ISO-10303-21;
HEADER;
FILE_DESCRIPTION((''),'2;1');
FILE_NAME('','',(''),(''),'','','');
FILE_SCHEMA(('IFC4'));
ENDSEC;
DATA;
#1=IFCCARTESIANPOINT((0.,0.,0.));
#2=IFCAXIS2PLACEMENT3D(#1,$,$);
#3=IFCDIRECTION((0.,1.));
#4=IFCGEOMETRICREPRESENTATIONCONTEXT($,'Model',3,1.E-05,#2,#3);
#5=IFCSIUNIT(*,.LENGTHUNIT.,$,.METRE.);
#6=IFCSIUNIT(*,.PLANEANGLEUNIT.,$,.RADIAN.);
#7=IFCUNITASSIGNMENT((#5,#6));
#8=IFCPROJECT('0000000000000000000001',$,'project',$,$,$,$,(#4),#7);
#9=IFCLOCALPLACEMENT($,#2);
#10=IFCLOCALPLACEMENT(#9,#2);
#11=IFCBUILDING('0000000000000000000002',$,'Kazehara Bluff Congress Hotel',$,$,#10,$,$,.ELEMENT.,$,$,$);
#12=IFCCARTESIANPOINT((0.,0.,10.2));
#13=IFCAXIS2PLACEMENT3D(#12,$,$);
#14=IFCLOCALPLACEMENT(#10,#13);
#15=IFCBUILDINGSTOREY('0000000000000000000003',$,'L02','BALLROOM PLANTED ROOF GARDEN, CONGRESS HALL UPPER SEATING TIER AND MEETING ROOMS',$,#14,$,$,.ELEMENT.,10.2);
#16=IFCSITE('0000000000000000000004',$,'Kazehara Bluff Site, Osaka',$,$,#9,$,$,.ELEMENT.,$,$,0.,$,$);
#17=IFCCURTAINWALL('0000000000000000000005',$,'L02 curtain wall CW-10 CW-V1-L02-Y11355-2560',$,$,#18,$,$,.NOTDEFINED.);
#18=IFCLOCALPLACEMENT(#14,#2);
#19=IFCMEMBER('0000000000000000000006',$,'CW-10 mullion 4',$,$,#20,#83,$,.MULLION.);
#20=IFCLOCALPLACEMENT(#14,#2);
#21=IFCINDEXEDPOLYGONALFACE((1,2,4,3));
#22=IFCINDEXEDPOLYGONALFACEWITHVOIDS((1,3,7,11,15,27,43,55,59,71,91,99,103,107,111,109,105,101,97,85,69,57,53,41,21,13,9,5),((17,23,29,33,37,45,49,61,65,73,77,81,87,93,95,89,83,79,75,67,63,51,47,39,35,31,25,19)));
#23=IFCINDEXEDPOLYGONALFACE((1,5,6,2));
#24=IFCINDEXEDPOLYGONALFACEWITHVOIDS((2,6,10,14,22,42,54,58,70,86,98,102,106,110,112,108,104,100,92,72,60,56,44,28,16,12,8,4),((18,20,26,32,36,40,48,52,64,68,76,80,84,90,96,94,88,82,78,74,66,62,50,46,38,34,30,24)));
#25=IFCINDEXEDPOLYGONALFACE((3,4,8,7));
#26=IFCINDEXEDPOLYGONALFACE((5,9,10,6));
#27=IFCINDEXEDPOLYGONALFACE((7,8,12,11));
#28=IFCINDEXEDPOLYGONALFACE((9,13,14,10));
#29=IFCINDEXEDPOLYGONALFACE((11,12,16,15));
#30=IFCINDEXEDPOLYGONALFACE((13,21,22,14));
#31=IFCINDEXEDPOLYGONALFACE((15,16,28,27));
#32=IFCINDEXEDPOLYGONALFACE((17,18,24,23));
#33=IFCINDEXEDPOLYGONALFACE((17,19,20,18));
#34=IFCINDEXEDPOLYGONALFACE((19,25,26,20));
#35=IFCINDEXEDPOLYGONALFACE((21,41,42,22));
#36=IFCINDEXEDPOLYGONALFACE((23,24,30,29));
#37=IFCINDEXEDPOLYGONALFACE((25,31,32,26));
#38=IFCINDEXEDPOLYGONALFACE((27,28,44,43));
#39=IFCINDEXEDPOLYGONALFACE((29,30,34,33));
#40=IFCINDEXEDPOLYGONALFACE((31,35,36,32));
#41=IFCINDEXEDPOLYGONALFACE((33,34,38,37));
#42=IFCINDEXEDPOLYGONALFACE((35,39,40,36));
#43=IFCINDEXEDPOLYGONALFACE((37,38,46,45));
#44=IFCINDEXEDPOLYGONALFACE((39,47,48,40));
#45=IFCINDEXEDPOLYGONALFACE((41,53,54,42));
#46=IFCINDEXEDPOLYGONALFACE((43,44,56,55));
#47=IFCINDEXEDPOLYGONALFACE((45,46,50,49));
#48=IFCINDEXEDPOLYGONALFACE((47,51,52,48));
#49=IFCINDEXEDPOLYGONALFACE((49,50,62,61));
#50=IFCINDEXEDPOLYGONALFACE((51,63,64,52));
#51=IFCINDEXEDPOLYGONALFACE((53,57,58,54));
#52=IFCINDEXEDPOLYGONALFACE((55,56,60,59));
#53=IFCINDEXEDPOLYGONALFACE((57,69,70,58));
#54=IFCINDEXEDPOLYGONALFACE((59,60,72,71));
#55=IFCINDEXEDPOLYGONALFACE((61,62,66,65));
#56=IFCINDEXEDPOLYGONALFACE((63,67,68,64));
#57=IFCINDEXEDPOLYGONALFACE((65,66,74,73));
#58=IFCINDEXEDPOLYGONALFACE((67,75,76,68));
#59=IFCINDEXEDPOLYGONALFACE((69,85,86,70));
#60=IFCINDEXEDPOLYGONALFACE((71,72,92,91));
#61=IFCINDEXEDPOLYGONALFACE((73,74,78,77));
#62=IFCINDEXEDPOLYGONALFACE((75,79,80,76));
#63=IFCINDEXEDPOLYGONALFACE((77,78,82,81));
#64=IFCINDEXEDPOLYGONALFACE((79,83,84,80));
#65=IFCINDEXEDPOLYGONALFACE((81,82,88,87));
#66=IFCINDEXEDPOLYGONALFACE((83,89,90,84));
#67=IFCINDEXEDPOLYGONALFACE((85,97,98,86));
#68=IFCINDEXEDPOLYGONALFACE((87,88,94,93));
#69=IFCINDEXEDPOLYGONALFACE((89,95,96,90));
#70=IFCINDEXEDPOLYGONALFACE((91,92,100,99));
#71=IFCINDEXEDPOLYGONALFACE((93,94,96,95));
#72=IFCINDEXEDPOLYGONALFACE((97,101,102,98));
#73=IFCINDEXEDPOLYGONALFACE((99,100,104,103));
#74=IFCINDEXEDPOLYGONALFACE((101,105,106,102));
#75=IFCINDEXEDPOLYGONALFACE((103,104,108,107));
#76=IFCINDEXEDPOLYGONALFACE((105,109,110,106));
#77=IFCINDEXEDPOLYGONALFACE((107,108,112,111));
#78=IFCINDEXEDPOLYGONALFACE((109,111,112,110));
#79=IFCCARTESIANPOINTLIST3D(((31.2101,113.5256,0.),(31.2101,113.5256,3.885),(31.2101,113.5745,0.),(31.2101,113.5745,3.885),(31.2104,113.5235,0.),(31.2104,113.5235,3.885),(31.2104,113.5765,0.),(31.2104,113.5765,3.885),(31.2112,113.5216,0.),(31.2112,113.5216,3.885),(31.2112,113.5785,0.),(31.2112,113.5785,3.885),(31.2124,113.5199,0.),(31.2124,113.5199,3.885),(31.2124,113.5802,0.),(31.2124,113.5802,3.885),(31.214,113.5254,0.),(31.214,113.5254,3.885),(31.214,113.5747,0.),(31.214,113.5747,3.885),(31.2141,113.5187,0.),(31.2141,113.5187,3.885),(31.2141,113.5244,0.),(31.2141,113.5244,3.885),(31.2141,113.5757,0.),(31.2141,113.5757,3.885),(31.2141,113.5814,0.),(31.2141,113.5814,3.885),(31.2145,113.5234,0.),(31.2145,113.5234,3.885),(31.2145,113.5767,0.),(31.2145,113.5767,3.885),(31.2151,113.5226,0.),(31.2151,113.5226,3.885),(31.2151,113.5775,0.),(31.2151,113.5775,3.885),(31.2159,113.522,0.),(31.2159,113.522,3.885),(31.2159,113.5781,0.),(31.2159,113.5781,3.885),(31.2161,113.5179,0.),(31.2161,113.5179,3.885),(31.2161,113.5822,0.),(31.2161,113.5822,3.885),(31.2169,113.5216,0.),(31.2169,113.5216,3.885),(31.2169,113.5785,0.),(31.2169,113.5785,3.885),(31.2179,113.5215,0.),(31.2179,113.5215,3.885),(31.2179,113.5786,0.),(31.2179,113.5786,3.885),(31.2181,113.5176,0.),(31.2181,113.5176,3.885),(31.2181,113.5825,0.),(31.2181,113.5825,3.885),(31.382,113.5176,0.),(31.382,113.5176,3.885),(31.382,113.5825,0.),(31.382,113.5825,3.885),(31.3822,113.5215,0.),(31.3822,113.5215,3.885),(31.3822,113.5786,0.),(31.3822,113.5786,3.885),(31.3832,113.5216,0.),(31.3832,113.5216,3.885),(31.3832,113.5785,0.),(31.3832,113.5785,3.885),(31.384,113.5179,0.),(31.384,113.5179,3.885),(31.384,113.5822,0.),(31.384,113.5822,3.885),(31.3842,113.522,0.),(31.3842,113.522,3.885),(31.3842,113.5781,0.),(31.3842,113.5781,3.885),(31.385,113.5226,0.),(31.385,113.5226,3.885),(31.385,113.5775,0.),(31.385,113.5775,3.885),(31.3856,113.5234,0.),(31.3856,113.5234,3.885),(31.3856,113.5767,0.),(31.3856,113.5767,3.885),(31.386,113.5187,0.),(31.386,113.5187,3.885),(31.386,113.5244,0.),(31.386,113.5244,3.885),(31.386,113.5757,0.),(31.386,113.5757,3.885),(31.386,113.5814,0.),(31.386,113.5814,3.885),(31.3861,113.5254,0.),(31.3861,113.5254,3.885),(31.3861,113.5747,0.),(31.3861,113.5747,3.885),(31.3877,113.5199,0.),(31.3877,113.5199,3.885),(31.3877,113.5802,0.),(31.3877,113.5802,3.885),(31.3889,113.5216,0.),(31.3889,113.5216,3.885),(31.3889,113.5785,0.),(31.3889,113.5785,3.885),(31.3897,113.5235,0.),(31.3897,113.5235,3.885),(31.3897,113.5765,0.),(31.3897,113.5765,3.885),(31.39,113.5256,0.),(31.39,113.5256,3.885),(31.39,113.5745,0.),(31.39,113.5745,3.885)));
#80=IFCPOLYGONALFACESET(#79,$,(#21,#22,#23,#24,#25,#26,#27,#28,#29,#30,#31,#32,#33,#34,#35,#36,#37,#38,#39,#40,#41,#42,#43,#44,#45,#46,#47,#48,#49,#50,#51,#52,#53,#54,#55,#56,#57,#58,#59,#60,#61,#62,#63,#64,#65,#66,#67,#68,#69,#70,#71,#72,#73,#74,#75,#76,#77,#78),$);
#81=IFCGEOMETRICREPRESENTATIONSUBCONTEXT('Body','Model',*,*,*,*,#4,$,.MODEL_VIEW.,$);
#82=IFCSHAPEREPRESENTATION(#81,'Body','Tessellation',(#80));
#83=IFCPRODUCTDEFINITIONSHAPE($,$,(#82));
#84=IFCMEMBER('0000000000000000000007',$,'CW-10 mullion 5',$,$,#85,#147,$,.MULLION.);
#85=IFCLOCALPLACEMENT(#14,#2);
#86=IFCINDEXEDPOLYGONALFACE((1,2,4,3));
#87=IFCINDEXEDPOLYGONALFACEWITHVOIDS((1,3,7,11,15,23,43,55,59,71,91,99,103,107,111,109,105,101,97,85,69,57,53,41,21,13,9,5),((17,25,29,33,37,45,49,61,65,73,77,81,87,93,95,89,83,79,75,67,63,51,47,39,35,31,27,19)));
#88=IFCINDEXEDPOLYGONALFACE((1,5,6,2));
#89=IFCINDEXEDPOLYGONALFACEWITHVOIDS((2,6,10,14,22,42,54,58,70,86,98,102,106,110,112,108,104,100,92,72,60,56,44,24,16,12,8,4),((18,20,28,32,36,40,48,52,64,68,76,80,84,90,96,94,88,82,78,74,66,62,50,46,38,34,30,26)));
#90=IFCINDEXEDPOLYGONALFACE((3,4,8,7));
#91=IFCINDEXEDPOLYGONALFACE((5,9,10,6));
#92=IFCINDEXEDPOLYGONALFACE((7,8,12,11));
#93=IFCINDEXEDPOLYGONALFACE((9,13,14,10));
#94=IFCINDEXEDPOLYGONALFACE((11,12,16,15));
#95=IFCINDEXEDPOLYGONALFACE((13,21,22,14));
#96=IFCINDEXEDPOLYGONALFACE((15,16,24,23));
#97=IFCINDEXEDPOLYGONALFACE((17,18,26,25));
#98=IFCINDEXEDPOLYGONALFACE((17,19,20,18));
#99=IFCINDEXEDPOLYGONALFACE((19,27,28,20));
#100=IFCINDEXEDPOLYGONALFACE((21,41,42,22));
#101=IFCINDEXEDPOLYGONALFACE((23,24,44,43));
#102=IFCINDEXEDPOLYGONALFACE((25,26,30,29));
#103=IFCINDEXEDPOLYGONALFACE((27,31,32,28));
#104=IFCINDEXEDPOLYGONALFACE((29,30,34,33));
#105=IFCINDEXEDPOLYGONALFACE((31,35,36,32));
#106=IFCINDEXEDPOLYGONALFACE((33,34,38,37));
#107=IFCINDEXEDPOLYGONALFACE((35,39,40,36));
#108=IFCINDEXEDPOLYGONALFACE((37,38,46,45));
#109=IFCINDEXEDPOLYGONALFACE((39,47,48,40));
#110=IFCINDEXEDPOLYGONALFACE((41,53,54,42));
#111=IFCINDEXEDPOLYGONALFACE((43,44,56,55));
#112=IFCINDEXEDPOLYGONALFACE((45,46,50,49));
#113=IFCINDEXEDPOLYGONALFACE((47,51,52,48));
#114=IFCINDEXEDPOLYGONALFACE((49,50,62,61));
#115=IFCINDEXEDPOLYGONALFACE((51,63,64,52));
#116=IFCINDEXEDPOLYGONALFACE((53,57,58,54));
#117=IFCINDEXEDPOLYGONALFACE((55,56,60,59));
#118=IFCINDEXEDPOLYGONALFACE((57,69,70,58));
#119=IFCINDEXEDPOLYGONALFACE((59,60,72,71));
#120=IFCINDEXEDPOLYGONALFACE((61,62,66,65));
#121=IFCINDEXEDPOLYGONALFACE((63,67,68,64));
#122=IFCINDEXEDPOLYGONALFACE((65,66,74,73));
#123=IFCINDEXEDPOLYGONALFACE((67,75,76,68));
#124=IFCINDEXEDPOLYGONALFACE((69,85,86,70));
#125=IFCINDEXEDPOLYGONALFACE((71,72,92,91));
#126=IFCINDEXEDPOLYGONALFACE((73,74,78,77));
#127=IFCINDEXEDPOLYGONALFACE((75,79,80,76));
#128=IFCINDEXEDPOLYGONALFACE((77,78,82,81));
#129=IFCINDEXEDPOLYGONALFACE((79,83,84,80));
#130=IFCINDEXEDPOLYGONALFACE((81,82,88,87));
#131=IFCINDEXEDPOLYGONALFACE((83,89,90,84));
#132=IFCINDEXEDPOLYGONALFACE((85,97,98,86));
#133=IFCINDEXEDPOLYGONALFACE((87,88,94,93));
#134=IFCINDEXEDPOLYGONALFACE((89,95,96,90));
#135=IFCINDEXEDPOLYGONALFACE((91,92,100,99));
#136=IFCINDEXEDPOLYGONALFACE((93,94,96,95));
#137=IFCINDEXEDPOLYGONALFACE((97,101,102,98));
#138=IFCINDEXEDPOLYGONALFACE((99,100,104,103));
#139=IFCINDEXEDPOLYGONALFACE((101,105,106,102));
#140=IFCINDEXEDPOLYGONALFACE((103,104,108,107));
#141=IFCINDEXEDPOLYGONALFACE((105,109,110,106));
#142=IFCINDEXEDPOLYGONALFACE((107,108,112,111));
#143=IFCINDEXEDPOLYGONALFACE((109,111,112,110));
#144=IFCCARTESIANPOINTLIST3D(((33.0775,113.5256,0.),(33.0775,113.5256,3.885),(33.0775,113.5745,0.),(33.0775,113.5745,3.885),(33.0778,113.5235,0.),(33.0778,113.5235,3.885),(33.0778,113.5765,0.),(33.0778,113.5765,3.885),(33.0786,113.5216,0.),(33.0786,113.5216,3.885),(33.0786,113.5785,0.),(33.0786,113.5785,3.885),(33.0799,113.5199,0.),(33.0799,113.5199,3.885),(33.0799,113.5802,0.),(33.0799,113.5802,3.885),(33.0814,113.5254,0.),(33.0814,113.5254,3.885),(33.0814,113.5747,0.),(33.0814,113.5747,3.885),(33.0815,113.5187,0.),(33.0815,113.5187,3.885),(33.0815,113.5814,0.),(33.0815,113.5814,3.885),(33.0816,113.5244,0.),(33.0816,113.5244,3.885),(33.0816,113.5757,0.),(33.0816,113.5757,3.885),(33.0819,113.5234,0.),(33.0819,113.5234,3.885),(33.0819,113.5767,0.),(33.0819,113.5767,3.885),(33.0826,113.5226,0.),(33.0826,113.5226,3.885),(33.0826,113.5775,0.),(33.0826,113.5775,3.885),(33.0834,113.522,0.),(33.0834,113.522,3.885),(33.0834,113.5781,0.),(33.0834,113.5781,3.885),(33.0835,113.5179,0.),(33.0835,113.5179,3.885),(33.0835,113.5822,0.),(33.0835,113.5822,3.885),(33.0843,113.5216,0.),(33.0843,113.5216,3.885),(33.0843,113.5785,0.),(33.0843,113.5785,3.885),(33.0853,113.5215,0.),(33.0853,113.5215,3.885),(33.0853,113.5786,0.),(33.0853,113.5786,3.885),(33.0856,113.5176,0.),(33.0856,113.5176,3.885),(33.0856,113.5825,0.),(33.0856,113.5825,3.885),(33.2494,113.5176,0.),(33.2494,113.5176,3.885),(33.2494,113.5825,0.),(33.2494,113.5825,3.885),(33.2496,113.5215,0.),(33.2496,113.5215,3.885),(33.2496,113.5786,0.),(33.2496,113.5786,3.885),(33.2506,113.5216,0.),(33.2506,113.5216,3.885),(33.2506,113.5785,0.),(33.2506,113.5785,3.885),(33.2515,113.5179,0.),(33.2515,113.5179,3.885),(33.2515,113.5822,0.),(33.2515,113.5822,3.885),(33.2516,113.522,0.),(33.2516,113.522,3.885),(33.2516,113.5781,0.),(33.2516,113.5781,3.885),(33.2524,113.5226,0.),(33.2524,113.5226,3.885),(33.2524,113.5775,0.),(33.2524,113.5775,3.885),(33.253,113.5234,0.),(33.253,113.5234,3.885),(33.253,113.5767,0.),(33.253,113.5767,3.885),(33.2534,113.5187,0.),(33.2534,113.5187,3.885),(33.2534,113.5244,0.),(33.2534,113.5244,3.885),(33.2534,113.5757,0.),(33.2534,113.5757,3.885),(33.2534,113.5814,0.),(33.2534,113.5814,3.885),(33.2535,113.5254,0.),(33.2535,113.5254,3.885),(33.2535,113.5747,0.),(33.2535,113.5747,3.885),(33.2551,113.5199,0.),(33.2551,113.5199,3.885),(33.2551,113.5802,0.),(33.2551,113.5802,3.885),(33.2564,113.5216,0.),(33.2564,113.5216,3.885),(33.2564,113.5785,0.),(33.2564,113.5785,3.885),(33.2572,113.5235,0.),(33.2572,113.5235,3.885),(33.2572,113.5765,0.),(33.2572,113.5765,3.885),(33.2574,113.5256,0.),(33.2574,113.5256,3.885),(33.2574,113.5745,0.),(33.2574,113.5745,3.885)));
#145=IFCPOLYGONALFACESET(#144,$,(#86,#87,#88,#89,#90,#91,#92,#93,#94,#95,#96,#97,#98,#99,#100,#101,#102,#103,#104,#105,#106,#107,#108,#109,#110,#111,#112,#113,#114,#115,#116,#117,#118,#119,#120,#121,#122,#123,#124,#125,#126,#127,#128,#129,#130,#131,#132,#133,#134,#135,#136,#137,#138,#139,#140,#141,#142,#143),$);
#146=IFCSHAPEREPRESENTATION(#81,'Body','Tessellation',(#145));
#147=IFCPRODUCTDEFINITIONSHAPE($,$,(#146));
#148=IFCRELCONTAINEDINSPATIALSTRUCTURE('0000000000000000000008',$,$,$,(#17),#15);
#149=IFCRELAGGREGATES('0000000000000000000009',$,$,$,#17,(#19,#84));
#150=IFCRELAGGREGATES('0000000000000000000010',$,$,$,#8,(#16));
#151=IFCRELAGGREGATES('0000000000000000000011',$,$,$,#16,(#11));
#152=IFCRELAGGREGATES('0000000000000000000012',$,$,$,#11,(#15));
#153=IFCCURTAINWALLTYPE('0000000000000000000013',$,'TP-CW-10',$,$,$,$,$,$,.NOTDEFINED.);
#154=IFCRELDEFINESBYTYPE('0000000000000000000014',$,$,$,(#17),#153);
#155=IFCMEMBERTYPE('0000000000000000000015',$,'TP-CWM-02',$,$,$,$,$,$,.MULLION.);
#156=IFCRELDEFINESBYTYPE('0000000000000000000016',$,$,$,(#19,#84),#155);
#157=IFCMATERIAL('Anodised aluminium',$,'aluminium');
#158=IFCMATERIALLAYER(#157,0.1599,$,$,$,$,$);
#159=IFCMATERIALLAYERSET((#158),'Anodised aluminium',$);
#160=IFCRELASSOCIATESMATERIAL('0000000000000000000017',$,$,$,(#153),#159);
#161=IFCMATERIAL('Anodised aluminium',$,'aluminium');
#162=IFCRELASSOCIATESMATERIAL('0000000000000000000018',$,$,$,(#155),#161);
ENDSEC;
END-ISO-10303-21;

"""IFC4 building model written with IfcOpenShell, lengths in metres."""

from ifc_helpers import new_model, si_unit, direction, frame, origin, origin_2d, place, context, subcontext, project, spatial, hollow_rectangle, extrude, material, layer, layer_set, material_profile, profile_set, type_object, element, aggregate, save


model = new_model("IFC4")

# Units and contexts
model_context = context("Model", 3, precision=1e-05, world=origin(), true_north=direction((0.0, 1.0)))
body_context = subcontext(model_context, "Body", "Model", "MODEL_VIEW")
ifc_project = project(units=[si_unit("LENGTHUNIT", "METRE"), si_unit("PLANEANGLEUNIT", "RADIAN")], contexts=[model_context])

# Site, building, storey
site_placement = place(None, origin())
site = spatial("IfcSite", under=ifc_project, at=site_placement, Name="Kazehara Bluff Site, Osaka", CompositionType="ELEMENT", RefElevation=0.0)
building_placement = place(site_placement, origin())
building = spatial("IfcBuilding", under=site, at=building_placement, Name="Kazehara Bluff Congress Hotel", CompositionType="ELEMENT")
storey_placement = place(building_placement, frame((0.0, 0.0, 10.2)))
storey = spatial("IfcBuildingStorey", under=building, at=storey_placement, Name="L02", Description="BALLROOM PLANTED ROOF GARDEN, CONGRESS HALL UPPER SEATING TIER AND MEETING ROOMS", CompositionType="ELEMENT", Elevation=10.2)

# Curtain wall, members
ifc_material_1 = material(Name="Anodised aluminium", Category="aluminium")
ifc_layer_1 = layer(ifc_material_1, 0.1599)
ifc_layer_set_1 = layer_set([ifc_layer_1], Name="Anodised aluminium")
curtain_wall_type = type_object("IfcCurtainWallType", Name="TP-CW-10", PredefinedType="NOTDEFINED", material=ifc_layer_set_1)
curtain_wall_1_placement = place(storey_placement, origin())
curtain_wall_1 = element("IfcCurtainWall", 1, at=curtain_wall_1_placement, inside=storey, type_object=curtain_wall_type, Name="L02 curtain wall CW-10 CW-V1-L02-Y11355-2560", PredefinedType="NOTDEFINED")
ifc_material_2 = material(Name="Anodised aluminium", Category="aluminium")
ifc_material_profile_1 = material_profile(ifc_material_2, hollow_rectangle(XDim=0.0649, YDim=0.1799, WallThickness=0.0039, InnerFilletRadius=0.0039, OuterFilletRadius=0.0081, at=origin_2d()))
ifc_profile_set_1 = profile_set([ifc_material_profile_1], Name="Anodised aluminium")
member_type_1 = type_object("IfcMemberType", Name="TP-CWM-02", PredefinedType="MULLION", material=ifc_profile_set_1)
member_1_placement = place(storey_placement, frame((31.3, 113.55, 0.0), z_axis=(0.0, 0.0, 1.0), x_axis=(0.0, 1.0, 0.0)))
member_1 = element("IfcMember", 2, at=member_1_placement, type_object=member_type_1, Name="CW-10 mullion 4", PredefinedType="MULLION", context=body_context, shape_type="SweptSolid", body=[
    extrude(hollow_rectangle(XDim=0.0649, YDim=0.1799, WallThickness=0.0039, InnerFilletRadius=0.0039, OuterFilletRadius=0.0081, at=origin_2d()), origin(), (0.0, 0.0, 1.0), 3.885),
])
member_2_placement = place(storey_placement, frame((33.1675, 113.55, 0.0), z_axis=(0.0, 0.0, 1.0), x_axis=(0.0, 1.0, 0.0)))
member_2 = element("IfcMember", 3, at=member_2_placement, type_object=member_type_1, Name="CW-10 mullion 5", PredefinedType="MULLION", context=body_context, shape_type="SweptSolid", body=[
    extrude(hollow_rectangle(XDim=0.0649, YDim=0.1799, WallThickness=0.0039, InnerFilletRadius=0.0039, OuterFilletRadius=0.0081, at=origin_2d()), origin(), (0.0, 0.0, 1.0), 3.885),
])

aggregate(curtain_wall_1, [member_1, member_2])

save(model, "model.ifc")
